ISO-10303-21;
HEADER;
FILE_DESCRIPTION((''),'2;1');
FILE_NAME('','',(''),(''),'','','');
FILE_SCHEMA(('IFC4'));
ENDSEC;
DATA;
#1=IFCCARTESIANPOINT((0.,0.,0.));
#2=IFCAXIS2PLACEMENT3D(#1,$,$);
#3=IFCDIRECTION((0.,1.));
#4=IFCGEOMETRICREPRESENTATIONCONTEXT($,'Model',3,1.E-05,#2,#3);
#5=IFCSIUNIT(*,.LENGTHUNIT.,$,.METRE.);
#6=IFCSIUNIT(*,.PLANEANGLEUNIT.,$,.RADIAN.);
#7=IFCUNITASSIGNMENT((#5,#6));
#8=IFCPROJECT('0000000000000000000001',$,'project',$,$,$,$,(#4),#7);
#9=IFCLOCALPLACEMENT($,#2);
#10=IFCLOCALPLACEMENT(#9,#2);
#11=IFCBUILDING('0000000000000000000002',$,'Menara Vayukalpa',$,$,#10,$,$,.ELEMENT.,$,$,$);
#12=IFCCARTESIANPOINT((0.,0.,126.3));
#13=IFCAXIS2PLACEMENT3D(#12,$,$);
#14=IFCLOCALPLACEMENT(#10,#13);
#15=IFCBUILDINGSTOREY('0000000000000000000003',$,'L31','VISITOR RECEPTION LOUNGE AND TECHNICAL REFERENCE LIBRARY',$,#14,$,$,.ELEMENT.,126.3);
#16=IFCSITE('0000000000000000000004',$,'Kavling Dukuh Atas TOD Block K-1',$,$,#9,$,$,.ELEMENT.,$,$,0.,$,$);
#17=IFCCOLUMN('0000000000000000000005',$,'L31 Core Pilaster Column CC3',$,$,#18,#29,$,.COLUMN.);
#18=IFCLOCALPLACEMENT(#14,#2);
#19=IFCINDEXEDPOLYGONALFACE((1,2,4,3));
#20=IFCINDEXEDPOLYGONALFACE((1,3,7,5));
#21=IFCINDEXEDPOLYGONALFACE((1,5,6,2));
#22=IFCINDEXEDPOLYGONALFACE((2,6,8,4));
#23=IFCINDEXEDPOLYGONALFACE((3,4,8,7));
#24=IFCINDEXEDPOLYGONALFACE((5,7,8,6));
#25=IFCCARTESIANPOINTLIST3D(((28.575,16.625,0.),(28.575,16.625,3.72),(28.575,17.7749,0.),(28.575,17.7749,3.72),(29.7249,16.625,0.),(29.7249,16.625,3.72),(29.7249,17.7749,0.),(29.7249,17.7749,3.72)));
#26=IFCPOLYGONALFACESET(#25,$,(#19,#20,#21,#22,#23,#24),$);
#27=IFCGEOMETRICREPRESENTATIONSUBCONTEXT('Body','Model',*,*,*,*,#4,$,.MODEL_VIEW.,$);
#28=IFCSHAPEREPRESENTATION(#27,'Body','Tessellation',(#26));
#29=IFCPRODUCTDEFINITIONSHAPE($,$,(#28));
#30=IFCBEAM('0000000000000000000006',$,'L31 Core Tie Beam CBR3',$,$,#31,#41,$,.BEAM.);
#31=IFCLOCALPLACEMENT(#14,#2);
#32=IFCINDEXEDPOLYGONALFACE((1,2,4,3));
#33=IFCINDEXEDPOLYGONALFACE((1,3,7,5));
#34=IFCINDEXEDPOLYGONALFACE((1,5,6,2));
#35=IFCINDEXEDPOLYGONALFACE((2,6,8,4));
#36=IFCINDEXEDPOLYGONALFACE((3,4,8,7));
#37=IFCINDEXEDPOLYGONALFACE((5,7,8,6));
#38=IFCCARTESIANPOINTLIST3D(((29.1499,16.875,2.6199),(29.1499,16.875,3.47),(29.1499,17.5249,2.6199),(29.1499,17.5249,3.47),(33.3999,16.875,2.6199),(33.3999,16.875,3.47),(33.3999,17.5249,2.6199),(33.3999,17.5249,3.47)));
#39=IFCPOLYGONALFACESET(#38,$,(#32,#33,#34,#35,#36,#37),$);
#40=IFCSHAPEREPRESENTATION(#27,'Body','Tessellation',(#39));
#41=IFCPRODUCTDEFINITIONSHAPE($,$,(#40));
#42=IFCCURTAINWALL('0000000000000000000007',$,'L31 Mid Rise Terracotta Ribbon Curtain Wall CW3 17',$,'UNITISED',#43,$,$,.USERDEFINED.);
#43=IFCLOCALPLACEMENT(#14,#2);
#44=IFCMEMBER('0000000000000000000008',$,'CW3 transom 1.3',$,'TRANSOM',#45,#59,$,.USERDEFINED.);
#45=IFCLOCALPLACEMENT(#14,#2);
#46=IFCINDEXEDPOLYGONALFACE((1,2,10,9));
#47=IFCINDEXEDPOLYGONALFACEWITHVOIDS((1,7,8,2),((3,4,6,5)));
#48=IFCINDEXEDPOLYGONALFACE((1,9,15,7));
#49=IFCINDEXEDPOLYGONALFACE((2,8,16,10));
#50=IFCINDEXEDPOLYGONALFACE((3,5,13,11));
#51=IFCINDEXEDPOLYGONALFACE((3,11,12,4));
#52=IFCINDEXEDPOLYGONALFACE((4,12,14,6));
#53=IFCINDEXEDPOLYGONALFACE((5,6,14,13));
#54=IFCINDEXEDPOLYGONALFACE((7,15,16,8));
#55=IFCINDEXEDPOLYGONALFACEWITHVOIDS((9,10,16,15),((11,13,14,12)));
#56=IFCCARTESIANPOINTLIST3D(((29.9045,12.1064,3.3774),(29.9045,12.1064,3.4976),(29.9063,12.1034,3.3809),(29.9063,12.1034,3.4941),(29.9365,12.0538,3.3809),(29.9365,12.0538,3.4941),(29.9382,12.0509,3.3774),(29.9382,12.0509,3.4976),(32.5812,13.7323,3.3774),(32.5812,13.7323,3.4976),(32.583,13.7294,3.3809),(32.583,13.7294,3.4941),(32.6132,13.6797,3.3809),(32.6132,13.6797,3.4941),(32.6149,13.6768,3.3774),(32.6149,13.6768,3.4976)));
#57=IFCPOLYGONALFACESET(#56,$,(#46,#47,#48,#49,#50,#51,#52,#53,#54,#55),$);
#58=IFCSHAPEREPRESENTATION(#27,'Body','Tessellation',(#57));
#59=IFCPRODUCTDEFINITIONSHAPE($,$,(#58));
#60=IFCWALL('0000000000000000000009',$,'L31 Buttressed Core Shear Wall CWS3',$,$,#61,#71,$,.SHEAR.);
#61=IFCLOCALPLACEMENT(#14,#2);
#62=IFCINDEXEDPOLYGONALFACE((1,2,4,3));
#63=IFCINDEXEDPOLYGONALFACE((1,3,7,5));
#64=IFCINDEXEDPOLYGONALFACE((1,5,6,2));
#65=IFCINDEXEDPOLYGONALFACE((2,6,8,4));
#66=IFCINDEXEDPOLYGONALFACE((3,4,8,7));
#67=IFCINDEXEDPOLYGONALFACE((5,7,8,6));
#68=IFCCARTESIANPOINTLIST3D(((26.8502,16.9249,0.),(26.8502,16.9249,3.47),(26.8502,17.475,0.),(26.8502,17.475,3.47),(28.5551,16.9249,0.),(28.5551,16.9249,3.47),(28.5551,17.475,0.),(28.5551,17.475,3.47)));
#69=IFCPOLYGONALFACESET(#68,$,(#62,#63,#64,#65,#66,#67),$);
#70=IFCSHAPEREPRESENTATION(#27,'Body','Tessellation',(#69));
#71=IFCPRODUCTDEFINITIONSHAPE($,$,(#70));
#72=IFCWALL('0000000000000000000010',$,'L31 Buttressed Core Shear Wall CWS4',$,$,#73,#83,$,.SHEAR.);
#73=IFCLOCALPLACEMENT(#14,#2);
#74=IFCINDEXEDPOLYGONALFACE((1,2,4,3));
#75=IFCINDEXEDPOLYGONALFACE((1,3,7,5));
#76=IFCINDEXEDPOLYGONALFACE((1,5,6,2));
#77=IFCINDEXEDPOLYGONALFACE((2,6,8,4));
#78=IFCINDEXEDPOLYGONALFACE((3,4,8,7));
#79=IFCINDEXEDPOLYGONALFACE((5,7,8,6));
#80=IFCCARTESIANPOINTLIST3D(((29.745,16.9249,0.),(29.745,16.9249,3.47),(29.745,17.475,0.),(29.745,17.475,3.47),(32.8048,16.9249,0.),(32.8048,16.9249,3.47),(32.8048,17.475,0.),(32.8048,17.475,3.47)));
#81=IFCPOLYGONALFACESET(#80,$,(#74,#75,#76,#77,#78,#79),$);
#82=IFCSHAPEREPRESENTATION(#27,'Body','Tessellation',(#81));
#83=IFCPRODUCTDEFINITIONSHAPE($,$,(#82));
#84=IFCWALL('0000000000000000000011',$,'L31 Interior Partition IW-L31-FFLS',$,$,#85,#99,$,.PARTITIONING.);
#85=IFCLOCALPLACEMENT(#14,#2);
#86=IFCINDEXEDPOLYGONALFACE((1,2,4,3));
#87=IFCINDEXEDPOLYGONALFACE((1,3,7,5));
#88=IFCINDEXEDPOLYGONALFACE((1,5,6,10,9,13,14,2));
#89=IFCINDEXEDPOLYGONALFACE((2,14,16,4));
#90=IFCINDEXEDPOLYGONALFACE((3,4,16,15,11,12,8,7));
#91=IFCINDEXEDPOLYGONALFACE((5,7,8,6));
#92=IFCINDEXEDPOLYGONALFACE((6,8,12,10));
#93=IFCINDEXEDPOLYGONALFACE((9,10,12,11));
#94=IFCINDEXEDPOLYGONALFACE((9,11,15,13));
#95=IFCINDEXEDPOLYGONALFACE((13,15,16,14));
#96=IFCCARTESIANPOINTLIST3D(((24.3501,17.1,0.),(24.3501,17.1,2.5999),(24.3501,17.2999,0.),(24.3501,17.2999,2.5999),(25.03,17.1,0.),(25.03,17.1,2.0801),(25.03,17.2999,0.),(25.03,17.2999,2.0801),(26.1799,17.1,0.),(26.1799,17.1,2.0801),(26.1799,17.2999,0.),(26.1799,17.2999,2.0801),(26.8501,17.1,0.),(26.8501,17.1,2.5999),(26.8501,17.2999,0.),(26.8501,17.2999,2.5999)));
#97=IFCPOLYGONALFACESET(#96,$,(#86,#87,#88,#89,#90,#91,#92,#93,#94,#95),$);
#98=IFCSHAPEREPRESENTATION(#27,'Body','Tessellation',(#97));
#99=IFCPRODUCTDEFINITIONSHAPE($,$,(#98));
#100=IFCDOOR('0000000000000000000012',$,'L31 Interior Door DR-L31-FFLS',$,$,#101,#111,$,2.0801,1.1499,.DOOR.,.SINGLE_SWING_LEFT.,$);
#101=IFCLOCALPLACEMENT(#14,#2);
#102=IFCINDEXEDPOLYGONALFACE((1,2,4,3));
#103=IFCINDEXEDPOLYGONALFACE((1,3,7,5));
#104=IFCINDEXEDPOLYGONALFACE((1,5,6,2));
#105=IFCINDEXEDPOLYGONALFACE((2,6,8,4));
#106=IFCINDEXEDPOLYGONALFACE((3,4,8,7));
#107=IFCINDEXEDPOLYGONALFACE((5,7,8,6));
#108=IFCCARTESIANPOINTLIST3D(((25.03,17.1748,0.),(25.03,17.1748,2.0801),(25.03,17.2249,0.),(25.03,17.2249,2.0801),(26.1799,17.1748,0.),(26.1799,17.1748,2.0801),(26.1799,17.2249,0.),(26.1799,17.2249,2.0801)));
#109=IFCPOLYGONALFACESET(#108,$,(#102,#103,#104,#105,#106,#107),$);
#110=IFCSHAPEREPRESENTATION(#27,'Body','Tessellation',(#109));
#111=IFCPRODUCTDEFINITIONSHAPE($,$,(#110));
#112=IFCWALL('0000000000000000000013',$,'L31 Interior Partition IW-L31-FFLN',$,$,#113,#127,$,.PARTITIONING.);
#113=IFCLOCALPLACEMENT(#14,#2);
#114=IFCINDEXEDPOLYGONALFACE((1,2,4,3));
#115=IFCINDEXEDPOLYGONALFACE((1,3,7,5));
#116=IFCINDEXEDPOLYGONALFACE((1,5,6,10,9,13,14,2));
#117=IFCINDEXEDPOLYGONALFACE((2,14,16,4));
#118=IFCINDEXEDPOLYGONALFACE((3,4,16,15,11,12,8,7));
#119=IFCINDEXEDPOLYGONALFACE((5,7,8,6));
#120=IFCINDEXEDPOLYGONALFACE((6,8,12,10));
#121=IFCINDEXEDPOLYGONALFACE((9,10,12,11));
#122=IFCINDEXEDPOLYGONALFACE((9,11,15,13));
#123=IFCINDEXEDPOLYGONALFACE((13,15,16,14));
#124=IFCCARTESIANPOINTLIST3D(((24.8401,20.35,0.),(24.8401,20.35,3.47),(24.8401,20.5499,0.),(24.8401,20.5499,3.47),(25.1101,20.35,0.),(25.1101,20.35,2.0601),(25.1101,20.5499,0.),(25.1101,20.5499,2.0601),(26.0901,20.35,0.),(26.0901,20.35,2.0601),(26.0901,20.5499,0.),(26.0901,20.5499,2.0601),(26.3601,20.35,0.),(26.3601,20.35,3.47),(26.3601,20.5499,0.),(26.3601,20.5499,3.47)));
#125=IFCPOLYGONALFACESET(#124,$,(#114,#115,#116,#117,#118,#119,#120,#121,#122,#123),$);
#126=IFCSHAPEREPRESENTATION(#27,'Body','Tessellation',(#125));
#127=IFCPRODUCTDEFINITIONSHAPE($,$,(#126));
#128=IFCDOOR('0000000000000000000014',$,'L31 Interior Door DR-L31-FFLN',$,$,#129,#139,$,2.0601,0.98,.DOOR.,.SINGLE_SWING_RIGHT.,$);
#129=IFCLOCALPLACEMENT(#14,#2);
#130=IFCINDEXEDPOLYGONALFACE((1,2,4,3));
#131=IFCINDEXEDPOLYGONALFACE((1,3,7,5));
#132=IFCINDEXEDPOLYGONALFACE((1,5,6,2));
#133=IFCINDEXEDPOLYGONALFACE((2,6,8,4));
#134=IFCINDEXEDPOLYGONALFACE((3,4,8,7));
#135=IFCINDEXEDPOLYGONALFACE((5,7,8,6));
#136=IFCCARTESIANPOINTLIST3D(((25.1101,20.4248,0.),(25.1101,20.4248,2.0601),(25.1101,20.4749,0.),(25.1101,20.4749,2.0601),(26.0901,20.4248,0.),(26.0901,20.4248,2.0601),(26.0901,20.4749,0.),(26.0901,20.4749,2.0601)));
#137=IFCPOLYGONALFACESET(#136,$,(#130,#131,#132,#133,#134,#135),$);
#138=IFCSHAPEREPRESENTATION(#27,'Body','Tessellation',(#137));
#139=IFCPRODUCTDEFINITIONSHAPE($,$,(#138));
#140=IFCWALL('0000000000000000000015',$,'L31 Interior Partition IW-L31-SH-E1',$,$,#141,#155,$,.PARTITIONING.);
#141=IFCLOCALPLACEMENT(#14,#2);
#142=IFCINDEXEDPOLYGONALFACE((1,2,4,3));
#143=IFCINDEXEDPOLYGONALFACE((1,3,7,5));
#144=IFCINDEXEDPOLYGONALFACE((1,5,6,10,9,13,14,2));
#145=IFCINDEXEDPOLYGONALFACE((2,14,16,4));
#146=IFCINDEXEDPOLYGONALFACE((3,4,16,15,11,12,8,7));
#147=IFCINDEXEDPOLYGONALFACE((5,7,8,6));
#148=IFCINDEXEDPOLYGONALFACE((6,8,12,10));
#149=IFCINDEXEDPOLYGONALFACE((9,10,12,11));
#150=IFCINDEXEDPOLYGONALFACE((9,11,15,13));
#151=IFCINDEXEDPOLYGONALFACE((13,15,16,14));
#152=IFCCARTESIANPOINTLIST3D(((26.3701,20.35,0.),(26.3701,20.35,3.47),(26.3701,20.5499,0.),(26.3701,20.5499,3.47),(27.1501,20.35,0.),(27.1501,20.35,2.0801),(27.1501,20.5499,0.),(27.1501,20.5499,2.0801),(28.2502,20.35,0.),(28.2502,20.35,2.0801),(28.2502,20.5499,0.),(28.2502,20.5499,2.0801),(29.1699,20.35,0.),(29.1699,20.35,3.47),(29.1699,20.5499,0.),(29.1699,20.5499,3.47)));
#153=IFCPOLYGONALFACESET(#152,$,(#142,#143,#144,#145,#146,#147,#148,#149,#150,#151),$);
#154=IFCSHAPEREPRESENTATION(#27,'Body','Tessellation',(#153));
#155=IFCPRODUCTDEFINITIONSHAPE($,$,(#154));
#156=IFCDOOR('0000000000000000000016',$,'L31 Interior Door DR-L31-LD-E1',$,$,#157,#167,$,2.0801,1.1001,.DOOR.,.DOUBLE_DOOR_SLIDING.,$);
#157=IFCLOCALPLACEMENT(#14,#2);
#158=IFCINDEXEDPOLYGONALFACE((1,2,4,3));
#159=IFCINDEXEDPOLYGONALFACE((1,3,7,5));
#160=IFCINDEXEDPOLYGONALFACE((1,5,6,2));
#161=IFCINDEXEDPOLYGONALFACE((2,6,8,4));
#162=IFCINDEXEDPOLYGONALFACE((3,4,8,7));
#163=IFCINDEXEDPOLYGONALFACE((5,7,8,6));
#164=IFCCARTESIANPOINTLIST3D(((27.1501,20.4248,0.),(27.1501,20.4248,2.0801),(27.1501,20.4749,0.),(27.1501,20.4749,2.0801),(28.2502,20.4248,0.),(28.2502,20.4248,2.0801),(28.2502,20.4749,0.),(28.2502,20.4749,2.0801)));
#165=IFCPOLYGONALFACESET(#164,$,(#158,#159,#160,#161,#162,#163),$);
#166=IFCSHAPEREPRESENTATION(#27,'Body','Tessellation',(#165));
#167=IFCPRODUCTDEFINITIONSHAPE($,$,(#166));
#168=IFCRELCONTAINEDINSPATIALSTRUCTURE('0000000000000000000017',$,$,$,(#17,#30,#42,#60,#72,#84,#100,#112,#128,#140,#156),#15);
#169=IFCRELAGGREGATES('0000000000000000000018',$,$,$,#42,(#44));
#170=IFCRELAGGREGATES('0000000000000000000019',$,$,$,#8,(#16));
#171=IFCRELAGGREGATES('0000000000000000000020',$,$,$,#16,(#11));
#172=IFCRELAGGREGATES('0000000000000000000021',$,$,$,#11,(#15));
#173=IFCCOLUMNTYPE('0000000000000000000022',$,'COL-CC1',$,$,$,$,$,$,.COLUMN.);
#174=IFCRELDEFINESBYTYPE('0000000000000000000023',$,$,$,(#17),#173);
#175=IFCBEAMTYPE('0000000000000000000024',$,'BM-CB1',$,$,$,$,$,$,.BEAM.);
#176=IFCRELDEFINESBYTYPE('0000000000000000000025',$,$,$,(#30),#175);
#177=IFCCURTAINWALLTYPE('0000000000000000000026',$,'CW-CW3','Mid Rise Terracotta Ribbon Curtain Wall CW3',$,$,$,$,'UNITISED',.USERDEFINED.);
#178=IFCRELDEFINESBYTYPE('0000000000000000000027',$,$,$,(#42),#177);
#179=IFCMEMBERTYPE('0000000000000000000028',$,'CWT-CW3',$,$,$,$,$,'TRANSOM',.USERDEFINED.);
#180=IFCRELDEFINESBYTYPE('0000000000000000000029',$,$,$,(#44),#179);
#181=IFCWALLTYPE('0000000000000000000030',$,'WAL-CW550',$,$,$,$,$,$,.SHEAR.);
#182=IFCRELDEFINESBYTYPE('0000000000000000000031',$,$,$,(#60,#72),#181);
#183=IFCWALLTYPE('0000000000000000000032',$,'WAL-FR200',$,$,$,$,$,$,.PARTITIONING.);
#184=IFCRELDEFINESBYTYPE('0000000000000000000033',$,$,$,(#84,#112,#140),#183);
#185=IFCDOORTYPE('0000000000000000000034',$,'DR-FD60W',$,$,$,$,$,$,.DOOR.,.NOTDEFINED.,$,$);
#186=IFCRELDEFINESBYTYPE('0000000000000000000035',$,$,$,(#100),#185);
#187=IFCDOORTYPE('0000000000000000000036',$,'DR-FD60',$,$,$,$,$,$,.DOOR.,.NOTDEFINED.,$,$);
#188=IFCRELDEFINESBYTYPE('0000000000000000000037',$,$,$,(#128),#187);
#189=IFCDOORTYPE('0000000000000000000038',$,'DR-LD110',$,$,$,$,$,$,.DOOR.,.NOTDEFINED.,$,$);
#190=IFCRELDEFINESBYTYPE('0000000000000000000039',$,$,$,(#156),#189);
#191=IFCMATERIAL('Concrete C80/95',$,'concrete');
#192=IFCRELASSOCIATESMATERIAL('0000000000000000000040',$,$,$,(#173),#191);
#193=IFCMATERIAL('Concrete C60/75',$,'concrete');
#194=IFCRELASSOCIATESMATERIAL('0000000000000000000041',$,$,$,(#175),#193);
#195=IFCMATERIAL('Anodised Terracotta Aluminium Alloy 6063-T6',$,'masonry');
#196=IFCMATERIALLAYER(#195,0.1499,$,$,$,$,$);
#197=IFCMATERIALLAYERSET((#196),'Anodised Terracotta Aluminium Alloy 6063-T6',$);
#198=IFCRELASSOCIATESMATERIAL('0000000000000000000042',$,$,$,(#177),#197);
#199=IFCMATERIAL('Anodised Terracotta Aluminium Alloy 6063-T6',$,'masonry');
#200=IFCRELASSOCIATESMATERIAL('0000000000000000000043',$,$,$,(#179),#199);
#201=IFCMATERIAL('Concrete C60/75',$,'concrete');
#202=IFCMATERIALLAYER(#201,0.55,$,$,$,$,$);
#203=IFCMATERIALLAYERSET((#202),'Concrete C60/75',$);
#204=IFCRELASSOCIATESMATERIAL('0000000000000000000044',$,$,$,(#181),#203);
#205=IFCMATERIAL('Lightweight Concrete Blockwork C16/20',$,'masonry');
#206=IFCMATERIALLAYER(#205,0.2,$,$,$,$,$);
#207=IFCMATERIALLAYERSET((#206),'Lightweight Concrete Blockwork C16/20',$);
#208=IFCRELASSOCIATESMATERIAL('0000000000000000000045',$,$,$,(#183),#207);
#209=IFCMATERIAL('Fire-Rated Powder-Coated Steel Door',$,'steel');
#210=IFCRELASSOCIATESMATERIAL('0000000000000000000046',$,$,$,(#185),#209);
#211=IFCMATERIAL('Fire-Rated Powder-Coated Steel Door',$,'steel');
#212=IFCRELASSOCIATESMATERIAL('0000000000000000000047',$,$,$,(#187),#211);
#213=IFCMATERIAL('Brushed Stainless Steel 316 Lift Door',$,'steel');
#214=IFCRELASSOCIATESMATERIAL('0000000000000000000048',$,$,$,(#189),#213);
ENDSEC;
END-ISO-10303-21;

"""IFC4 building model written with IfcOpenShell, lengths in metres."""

from ifc_helpers import new_model, si_unit, direction, frame, frame_2d, origin, origin_2d, place, context, subcontext, project, spatial, rectangle, hollow_rectangle, extrude, material, layer, layer_set, material_profile, profile_set, type_object, element, fill, aggregate, save


model = new_model("IFC4")

# Units and contexts
model_context = context("Model", 3, precision=1e-05, world=origin(), true_north=direction((0.0, 1.0)))
body_context = subcontext(model_context, "Body", "Model", "MODEL_VIEW")
ifc_project = project(units=[si_unit("LENGTHUNIT", "METRE"), si_unit("PLANEANGLEUNIT", "RADIAN")], contexts=[model_context])

# Site, building, storey
site_placement = place(None, origin())
site = spatial("IfcSite", under=ifc_project, at=site_placement, Name="Kavling Dukuh Atas TOD Block K-1", CompositionType="ELEMENT", RefElevation=0.0)
building_placement = place(site_placement, origin())
building = spatial("IfcBuilding", under=site, at=building_placement, Name="Menara Vayukalpa", CompositionType="ELEMENT")
storey_placement = place(building_placement, frame((0.0, 0.0, 126.3)))
storey = spatial("IfcBuildingStorey", under=building, at=storey_placement, Name="L31", Description="VISITOR RECEPTION LOUNGE AND TECHNICAL REFERENCE LIBRARY", CompositionType="ELEMENT", Elevation=126.3)

# Column
ifc_material_1 = material(Name="Concrete C80/95", Category="concrete")
ifc_material_profile_1 = material_profile(ifc_material_1, rectangle(XDim=1.1499, YDim=1.1499, at=origin_2d()), Name="RC 1150x1150")
ifc_profile_set_1 = profile_set([ifc_material_profile_1], Name="Concrete C80/95")
column_type = type_object("IfcColumnType", Name="COL-CC1", PredefinedType="COLUMN", material=ifc_profile_set_1)
column_placement = place(storey_placement, frame((29.1499, 17.2, 0.0), z_axis=(0.0, 0.0, 1.0), x_axis=(1.0, 0.0, 0.0)))
element("IfcColumn", 1, at=column_placement, inside=storey, type_object=column_type, Name="L31 Core Pilaster Column CC3", PredefinedType="COLUMN", context=body_context, shape_type="SweptSolid", body=[
    extrude(rectangle(XDim=1.1499, YDim=1.1499, at=origin_2d()), origin(), (0.0, 0.0, 1.0), 3.72),
])

# Beam
ifc_material_2 = material(Name="Concrete C60/75", Category="concrete")
ifc_material_profile_2 = material_profile(ifc_material_2, rectangle(XDim=0.6499, YDim=0.8501, at=origin_2d()), Name="RC 650x850")
ifc_profile_set_2 = profile_set([ifc_material_profile_2], Name="Concrete C60/75")
beam_type = type_object("IfcBeamType", Name="BM-CB1", PredefinedType="BEAM", material=ifc_profile_set_2)
beam_placement = place(storey_placement, frame((29.1499, 17.2, 3.0449), z_axis=(1.0, 0.0, 0.0), x_axis=(0.0, 1.0, 0.0)))
element("IfcBeam", 2, at=beam_placement, inside=storey, type_object=beam_type, Name="L31 Core Tie Beam CBR3", PredefinedType="BEAM", context=body_context, shape_type="SweptSolid", body=[
    extrude(rectangle(XDim=0.6499, YDim=0.8501, at=origin_2d()), origin(), (0.0, 0.0, 1.0), 4.25),
])

# Curtain wall, member
ifc_material_3 = material(Name="Anodised Terracotta Aluminium Alloy 6063-T6", Category="masonry")
ifc_layer_1 = layer(ifc_material_3, 0.1499)
ifc_layer_set_1 = layer_set([ifc_layer_1], Name="Anodised Terracotta Aluminium Alloy 6063-T6")
curtain_wall_type = type_object("IfcCurtainWallType", Name="CW-CW3", Description="Mid Rise Terracotta Ribbon Curtain Wall CW3", ElementType="UNITISED", PredefinedType="USERDEFINED", material=ifc_layer_set_1)
curtain_wall_placement = place(storey_placement, origin())
curtain_wall = element("IfcCurtainWall", 3, at=curtain_wall_placement, inside=storey, type_object=curtain_wall_type, Name="L31 Mid Rise Terracotta Ribbon Curtain Wall CW3 17", ObjectType="UNITISED", PredefinedType="USERDEFINED")
ifc_material_4 = material(Name="Anodised Terracotta Aluminium Alloy 6063-T6", Category="masonry")
ifc_material_profile_3 = material_profile(ifc_material_4, hollow_rectangle(XDim=0.0649, YDim=0.1201, WallThickness=0.0034, at=origin_2d()), Name="ALU 65x120x3.5")
ifc_profile_set_3 = profile_set([ifc_material_profile_3], Name="Anodised Terracotta Aluminium Alloy 6063-T6")
member_type = type_object("IfcMemberType", Name="CWT-CW3", ElementType="TRANSOM", PredefinedType="USERDEFINED", material=ifc_profile_set_3)
member_placement = place(storey_placement, frame((29.9214, 12.0786, 3.4375), z_axis=(0.854674, 0.519165, 0.0), x_axis=(-0.519165, 0.854674, 0.0)))
member = element("IfcMember", 4, at=member_placement, type_object=member_type, Name="CW3 transom 1.3", ObjectType="TRANSOM", PredefinedType="USERDEFINED", context=body_context, shape_type="SweptSolid", body=[
    extrude(hollow_rectangle(XDim=0.0649, YDim=0.1201, WallThickness=0.0034, at=origin_2d()), origin(), (0.0, 0.0, 1.0), 3.1318),
])
aggregate(curtain_wall, [member])

# Walls
ifc_material_5 = material(Name="Concrete C60/75", Category="concrete")
ifc_layer_2 = layer(ifc_material_5, 0.55)
ifc_layer_set_2 = layer_set([ifc_layer_2], Name="Concrete C60/75")
wall_type_1 = type_object("IfcWallType", Name="WAL-CW550", PredefinedType="SHEAR", material=ifc_layer_set_2)
wall_1_placement = place(storey_placement, frame((26.8501, 17.2, 0.0), z_axis=(0.0, 0.0, 1.0), x_axis=(1.0, 0.0, 0.0)))
element("IfcWall", 5, at=wall_1_placement, inside=storey, type_object=wall_type_1, Name="L31 Buttressed Core Shear Wall CWS3", PredefinedType="SHEAR", context=body_context, shape_type="SweptSolid", body=[
    extrude(rectangle(XDim=1.7048, YDim=0.55, at=frame_2d((0.8525, 0.0))), origin(), (0.0, 0.0, 1.0), 3.47),
])
wall_2_placement = place(storey_placement, frame((29.7451, 17.2, 0.0), z_axis=(0.0, 0.0, 1.0), x_axis=(1.0, 0.0, 0.0)))
element("IfcWall", 6, at=wall_2_placement, inside=storey, type_object=wall_type_1, Name="L31 Buttressed Core Shear Wall CWS4", PredefinedType="SHEAR", context=body_context, shape_type="SweptSolid", body=[
    extrude(rectangle(XDim=3.0598, YDim=0.55, at=frame_2d((1.5298, 0.0))), origin(), (0.0, 0.0, 1.0), 3.47),
])

# Walls, openings, doors
ifc_material_6 = material(Name="Lightweight Concrete Blockwork C16/20", Category="masonry")
ifc_layer_3 = layer(ifc_material_6, 0.2)
ifc_layer_set_3 = layer_set([ifc_layer_3], Name="Lightweight Concrete Blockwork C16/20")
wall_type_2 = type_object("IfcWallType", Name="WAL-FR200", PredefinedType="PARTITIONING", material=ifc_layer_set_3)
wall_3_placement = place(storey_placement, frame((24.3501, 17.2, 0.0), z_axis=(0.0, 0.0, 1.0), x_axis=(1.0, 0.0, 0.0)))
wall_3 = element("IfcWall", 7, at=wall_3_placement, inside=storey, type_object=wall_type_2, Name="L31 Interior Partition IW-L31-FFLS", PredefinedType="PARTITIONING", context=body_context, shape_type="SweptSolid", body=[
    extrude(rectangle(XDim=2.5, YDim=0.2, at=frame_2d((1.25, 0.0))), origin(), (0.0, 0.0, 1.0), 2.5999),
])
opening_1_placement = place(wall_3_placement, frame((0.6799, 0.0, 0.0)))
opening_1 = element("IfcOpeningElement", 8, at=opening_1_placement, cuts=wall_3, PredefinedType="OPENING", context=body_context, shape_type="SweptSolid", body=[
    extrude(rectangle(XDim=1.1499, YDim=2.0801, at=frame_2d((0.575, 1.04))), frame((0.0, 0.1099, 0.0), z_axis=(0.0, -1.0, 0.0), x_axis=(1.0, 0.0, 0.0)), (0.0, 0.0, 1.0), 0.22),
])
ifc_material_7 = material(Name="Fire-Rated Powder-Coated Steel Door", Category="steel")
door_type_1 = type_object("IfcDoorType", Name="DR-FD60W", OperationType="NOTDEFINED", PredefinedType="DOOR", material=ifc_material_7)
door_1_placement = place(opening_1_placement, origin())
door_1 = element("IfcDoor", 9, at=door_1_placement, inside=storey, type_object=door_type_1, Name="L31 Interior Door DR-L31-FFLS", OperationType="SINGLE_SWING_LEFT", OverallHeight=2.0801, OverallWidth=1.1499, PredefinedType="DOOR", context=body_context, shape_type="SweptSolid", body=[
    extrude(rectangle(XDim=1.1499, YDim=2.0801, at=frame_2d((0.575, 1.04))), frame((0.0, 0.0249, 0.0), z_axis=(0.0, -1.0, 0.0), x_axis=(1.0, 0.0, 0.0)), (0.0, 0.0, 1.0), 0.05),
])
fill(opening_1, door_1)
wall_4_placement = place(storey_placement, frame((24.8401, 20.45, 0.0), z_axis=(0.0, 0.0, 1.0), x_axis=(1.0, 0.0, 0.0)))
wall_4 = element("IfcWall", 10, at=wall_4_placement, inside=storey, type_object=wall_type_2, Name="L31 Interior Partition IW-L31-FFLN", PredefinedType="PARTITIONING", context=body_context, shape_type="SweptSolid", body=[
    extrude(rectangle(XDim=1.52, YDim=0.2, at=frame_2d((0.76, 0.0))), origin(), (0.0, 0.0, 1.0), 3.47),
])
opening_2_placement = place(wall_4_placement, frame((0.27, 0.0, 0.0)))
opening_2 = element("IfcOpeningElement", 11, at=opening_2_placement, cuts=wall_4, PredefinedType="OPENING", context=body_context, shape_type="SweptSolid", body=[
    extrude(rectangle(XDim=0.98, YDim=2.0601, at=frame_2d((0.49, 1.03))), frame((0.0, 0.1099, 0.0), z_axis=(0.0, -1.0, 0.0), x_axis=(1.0, 0.0, 0.0)), (0.0, 0.0, 1.0), 0.22),
])
ifc_material_8 = material(Name="Fire-Rated Powder-Coated Steel Door", Category="steel")
door_type_2 = type_object("IfcDoorType", Name="DR-FD60", OperationType="NOTDEFINED", PredefinedType="DOOR", material=ifc_material_8)
door_2_placement = place(opening_2_placement, origin())
door_2 = element("IfcDoor", 12, at=door_2_placement, inside=storey, type_object=door_type_2, Name="L31 Interior Door DR-L31-FFLN", OperationType="SINGLE_SWING_RIGHT", OverallHeight=2.0601, OverallWidth=0.98, PredefinedType="DOOR", context=body_context, shape_type="SweptSolid", body=[
    extrude(rectangle(XDim=0.98, YDim=2.0601, at=frame_2d((0.49, 1.03))), frame((0.0, 0.0249, 0.0), z_axis=(0.0, -1.0, 0.0), x_axis=(1.0, 0.0, 0.0)), (0.0, 0.0, 1.0), 0.05),
])
fill(opening_2, door_2)
wall_5_placement = place(storey_placement, frame((26.3701, 20.45, 0.0), z_axis=(0.0, 0.0, 1.0), x_axis=(1.0, 0.0, 0.0)))
wall_5 = element("IfcWall", 13, at=wall_5_placement, inside=storey, type_object=wall_type_2, Name="L31 Interior Partition IW-L31-SH-E1", PredefinedType="PARTITIONING", context=body_context, shape_type="SweptSolid", body=[
    extrude(rectangle(XDim=2.7998, YDim=0.2, at=frame_2d((1.3999, 0.0))), origin(), (0.0, 0.0, 1.0), 3.47),
])
opening_3_placement = place(wall_5_placement, frame((0.78, 0.0, 0.0)))
opening_3 = element("IfcOpeningElement", 14, at=opening_3_placement, cuts=wall_5, PredefinedType="OPENING", context=body_context, shape_type="SweptSolid", body=[
    extrude(rectangle(XDim=1.1001, YDim=2.0801, at=frame_2d((0.55, 1.04))), frame((0.0, 0.1099, 0.0), z_axis=(0.0, -1.0, 0.0), x_axis=(1.0, 0.0, 0.0)), (0.0, 0.0, 1.0), 0.22),
])
ifc_material_9 = material(Name="Brushed Stainless Steel 316 Lift Door", Category="steel")
door_type_3 = type_object("IfcDoorType", Name="DR-LD110", OperationType="NOTDEFINED", PredefinedType="DOOR", material=ifc_material_9)
door_3_placement = place(opening_3_placement, origin())
door_3 = element("IfcDoor", 15, at=door_3_placement, inside=storey, type_object=door_type_3, Name="L31 Interior Door DR-L31-LD-E1", OperationType="DOUBLE_DOOR_SLIDING", OverallHeight=2.0801, OverallWidth=1.1001, PredefinedType="DOOR", context=body_context, shape_type="SweptSolid", body=[
    extrude(rectangle(XDim=1.1001, YDim=2.0801, at=frame_2d((0.55, 1.04))), frame((0.0, 0.0249, 0.0), z_axis=(0.0, -1.0, 0.0), x_axis=(1.0, 0.0, 0.0)), (0.0, 0.0, 1.0), 0.05),
])
fill(opening_3, door_3)

save(model, "model.ifc")
